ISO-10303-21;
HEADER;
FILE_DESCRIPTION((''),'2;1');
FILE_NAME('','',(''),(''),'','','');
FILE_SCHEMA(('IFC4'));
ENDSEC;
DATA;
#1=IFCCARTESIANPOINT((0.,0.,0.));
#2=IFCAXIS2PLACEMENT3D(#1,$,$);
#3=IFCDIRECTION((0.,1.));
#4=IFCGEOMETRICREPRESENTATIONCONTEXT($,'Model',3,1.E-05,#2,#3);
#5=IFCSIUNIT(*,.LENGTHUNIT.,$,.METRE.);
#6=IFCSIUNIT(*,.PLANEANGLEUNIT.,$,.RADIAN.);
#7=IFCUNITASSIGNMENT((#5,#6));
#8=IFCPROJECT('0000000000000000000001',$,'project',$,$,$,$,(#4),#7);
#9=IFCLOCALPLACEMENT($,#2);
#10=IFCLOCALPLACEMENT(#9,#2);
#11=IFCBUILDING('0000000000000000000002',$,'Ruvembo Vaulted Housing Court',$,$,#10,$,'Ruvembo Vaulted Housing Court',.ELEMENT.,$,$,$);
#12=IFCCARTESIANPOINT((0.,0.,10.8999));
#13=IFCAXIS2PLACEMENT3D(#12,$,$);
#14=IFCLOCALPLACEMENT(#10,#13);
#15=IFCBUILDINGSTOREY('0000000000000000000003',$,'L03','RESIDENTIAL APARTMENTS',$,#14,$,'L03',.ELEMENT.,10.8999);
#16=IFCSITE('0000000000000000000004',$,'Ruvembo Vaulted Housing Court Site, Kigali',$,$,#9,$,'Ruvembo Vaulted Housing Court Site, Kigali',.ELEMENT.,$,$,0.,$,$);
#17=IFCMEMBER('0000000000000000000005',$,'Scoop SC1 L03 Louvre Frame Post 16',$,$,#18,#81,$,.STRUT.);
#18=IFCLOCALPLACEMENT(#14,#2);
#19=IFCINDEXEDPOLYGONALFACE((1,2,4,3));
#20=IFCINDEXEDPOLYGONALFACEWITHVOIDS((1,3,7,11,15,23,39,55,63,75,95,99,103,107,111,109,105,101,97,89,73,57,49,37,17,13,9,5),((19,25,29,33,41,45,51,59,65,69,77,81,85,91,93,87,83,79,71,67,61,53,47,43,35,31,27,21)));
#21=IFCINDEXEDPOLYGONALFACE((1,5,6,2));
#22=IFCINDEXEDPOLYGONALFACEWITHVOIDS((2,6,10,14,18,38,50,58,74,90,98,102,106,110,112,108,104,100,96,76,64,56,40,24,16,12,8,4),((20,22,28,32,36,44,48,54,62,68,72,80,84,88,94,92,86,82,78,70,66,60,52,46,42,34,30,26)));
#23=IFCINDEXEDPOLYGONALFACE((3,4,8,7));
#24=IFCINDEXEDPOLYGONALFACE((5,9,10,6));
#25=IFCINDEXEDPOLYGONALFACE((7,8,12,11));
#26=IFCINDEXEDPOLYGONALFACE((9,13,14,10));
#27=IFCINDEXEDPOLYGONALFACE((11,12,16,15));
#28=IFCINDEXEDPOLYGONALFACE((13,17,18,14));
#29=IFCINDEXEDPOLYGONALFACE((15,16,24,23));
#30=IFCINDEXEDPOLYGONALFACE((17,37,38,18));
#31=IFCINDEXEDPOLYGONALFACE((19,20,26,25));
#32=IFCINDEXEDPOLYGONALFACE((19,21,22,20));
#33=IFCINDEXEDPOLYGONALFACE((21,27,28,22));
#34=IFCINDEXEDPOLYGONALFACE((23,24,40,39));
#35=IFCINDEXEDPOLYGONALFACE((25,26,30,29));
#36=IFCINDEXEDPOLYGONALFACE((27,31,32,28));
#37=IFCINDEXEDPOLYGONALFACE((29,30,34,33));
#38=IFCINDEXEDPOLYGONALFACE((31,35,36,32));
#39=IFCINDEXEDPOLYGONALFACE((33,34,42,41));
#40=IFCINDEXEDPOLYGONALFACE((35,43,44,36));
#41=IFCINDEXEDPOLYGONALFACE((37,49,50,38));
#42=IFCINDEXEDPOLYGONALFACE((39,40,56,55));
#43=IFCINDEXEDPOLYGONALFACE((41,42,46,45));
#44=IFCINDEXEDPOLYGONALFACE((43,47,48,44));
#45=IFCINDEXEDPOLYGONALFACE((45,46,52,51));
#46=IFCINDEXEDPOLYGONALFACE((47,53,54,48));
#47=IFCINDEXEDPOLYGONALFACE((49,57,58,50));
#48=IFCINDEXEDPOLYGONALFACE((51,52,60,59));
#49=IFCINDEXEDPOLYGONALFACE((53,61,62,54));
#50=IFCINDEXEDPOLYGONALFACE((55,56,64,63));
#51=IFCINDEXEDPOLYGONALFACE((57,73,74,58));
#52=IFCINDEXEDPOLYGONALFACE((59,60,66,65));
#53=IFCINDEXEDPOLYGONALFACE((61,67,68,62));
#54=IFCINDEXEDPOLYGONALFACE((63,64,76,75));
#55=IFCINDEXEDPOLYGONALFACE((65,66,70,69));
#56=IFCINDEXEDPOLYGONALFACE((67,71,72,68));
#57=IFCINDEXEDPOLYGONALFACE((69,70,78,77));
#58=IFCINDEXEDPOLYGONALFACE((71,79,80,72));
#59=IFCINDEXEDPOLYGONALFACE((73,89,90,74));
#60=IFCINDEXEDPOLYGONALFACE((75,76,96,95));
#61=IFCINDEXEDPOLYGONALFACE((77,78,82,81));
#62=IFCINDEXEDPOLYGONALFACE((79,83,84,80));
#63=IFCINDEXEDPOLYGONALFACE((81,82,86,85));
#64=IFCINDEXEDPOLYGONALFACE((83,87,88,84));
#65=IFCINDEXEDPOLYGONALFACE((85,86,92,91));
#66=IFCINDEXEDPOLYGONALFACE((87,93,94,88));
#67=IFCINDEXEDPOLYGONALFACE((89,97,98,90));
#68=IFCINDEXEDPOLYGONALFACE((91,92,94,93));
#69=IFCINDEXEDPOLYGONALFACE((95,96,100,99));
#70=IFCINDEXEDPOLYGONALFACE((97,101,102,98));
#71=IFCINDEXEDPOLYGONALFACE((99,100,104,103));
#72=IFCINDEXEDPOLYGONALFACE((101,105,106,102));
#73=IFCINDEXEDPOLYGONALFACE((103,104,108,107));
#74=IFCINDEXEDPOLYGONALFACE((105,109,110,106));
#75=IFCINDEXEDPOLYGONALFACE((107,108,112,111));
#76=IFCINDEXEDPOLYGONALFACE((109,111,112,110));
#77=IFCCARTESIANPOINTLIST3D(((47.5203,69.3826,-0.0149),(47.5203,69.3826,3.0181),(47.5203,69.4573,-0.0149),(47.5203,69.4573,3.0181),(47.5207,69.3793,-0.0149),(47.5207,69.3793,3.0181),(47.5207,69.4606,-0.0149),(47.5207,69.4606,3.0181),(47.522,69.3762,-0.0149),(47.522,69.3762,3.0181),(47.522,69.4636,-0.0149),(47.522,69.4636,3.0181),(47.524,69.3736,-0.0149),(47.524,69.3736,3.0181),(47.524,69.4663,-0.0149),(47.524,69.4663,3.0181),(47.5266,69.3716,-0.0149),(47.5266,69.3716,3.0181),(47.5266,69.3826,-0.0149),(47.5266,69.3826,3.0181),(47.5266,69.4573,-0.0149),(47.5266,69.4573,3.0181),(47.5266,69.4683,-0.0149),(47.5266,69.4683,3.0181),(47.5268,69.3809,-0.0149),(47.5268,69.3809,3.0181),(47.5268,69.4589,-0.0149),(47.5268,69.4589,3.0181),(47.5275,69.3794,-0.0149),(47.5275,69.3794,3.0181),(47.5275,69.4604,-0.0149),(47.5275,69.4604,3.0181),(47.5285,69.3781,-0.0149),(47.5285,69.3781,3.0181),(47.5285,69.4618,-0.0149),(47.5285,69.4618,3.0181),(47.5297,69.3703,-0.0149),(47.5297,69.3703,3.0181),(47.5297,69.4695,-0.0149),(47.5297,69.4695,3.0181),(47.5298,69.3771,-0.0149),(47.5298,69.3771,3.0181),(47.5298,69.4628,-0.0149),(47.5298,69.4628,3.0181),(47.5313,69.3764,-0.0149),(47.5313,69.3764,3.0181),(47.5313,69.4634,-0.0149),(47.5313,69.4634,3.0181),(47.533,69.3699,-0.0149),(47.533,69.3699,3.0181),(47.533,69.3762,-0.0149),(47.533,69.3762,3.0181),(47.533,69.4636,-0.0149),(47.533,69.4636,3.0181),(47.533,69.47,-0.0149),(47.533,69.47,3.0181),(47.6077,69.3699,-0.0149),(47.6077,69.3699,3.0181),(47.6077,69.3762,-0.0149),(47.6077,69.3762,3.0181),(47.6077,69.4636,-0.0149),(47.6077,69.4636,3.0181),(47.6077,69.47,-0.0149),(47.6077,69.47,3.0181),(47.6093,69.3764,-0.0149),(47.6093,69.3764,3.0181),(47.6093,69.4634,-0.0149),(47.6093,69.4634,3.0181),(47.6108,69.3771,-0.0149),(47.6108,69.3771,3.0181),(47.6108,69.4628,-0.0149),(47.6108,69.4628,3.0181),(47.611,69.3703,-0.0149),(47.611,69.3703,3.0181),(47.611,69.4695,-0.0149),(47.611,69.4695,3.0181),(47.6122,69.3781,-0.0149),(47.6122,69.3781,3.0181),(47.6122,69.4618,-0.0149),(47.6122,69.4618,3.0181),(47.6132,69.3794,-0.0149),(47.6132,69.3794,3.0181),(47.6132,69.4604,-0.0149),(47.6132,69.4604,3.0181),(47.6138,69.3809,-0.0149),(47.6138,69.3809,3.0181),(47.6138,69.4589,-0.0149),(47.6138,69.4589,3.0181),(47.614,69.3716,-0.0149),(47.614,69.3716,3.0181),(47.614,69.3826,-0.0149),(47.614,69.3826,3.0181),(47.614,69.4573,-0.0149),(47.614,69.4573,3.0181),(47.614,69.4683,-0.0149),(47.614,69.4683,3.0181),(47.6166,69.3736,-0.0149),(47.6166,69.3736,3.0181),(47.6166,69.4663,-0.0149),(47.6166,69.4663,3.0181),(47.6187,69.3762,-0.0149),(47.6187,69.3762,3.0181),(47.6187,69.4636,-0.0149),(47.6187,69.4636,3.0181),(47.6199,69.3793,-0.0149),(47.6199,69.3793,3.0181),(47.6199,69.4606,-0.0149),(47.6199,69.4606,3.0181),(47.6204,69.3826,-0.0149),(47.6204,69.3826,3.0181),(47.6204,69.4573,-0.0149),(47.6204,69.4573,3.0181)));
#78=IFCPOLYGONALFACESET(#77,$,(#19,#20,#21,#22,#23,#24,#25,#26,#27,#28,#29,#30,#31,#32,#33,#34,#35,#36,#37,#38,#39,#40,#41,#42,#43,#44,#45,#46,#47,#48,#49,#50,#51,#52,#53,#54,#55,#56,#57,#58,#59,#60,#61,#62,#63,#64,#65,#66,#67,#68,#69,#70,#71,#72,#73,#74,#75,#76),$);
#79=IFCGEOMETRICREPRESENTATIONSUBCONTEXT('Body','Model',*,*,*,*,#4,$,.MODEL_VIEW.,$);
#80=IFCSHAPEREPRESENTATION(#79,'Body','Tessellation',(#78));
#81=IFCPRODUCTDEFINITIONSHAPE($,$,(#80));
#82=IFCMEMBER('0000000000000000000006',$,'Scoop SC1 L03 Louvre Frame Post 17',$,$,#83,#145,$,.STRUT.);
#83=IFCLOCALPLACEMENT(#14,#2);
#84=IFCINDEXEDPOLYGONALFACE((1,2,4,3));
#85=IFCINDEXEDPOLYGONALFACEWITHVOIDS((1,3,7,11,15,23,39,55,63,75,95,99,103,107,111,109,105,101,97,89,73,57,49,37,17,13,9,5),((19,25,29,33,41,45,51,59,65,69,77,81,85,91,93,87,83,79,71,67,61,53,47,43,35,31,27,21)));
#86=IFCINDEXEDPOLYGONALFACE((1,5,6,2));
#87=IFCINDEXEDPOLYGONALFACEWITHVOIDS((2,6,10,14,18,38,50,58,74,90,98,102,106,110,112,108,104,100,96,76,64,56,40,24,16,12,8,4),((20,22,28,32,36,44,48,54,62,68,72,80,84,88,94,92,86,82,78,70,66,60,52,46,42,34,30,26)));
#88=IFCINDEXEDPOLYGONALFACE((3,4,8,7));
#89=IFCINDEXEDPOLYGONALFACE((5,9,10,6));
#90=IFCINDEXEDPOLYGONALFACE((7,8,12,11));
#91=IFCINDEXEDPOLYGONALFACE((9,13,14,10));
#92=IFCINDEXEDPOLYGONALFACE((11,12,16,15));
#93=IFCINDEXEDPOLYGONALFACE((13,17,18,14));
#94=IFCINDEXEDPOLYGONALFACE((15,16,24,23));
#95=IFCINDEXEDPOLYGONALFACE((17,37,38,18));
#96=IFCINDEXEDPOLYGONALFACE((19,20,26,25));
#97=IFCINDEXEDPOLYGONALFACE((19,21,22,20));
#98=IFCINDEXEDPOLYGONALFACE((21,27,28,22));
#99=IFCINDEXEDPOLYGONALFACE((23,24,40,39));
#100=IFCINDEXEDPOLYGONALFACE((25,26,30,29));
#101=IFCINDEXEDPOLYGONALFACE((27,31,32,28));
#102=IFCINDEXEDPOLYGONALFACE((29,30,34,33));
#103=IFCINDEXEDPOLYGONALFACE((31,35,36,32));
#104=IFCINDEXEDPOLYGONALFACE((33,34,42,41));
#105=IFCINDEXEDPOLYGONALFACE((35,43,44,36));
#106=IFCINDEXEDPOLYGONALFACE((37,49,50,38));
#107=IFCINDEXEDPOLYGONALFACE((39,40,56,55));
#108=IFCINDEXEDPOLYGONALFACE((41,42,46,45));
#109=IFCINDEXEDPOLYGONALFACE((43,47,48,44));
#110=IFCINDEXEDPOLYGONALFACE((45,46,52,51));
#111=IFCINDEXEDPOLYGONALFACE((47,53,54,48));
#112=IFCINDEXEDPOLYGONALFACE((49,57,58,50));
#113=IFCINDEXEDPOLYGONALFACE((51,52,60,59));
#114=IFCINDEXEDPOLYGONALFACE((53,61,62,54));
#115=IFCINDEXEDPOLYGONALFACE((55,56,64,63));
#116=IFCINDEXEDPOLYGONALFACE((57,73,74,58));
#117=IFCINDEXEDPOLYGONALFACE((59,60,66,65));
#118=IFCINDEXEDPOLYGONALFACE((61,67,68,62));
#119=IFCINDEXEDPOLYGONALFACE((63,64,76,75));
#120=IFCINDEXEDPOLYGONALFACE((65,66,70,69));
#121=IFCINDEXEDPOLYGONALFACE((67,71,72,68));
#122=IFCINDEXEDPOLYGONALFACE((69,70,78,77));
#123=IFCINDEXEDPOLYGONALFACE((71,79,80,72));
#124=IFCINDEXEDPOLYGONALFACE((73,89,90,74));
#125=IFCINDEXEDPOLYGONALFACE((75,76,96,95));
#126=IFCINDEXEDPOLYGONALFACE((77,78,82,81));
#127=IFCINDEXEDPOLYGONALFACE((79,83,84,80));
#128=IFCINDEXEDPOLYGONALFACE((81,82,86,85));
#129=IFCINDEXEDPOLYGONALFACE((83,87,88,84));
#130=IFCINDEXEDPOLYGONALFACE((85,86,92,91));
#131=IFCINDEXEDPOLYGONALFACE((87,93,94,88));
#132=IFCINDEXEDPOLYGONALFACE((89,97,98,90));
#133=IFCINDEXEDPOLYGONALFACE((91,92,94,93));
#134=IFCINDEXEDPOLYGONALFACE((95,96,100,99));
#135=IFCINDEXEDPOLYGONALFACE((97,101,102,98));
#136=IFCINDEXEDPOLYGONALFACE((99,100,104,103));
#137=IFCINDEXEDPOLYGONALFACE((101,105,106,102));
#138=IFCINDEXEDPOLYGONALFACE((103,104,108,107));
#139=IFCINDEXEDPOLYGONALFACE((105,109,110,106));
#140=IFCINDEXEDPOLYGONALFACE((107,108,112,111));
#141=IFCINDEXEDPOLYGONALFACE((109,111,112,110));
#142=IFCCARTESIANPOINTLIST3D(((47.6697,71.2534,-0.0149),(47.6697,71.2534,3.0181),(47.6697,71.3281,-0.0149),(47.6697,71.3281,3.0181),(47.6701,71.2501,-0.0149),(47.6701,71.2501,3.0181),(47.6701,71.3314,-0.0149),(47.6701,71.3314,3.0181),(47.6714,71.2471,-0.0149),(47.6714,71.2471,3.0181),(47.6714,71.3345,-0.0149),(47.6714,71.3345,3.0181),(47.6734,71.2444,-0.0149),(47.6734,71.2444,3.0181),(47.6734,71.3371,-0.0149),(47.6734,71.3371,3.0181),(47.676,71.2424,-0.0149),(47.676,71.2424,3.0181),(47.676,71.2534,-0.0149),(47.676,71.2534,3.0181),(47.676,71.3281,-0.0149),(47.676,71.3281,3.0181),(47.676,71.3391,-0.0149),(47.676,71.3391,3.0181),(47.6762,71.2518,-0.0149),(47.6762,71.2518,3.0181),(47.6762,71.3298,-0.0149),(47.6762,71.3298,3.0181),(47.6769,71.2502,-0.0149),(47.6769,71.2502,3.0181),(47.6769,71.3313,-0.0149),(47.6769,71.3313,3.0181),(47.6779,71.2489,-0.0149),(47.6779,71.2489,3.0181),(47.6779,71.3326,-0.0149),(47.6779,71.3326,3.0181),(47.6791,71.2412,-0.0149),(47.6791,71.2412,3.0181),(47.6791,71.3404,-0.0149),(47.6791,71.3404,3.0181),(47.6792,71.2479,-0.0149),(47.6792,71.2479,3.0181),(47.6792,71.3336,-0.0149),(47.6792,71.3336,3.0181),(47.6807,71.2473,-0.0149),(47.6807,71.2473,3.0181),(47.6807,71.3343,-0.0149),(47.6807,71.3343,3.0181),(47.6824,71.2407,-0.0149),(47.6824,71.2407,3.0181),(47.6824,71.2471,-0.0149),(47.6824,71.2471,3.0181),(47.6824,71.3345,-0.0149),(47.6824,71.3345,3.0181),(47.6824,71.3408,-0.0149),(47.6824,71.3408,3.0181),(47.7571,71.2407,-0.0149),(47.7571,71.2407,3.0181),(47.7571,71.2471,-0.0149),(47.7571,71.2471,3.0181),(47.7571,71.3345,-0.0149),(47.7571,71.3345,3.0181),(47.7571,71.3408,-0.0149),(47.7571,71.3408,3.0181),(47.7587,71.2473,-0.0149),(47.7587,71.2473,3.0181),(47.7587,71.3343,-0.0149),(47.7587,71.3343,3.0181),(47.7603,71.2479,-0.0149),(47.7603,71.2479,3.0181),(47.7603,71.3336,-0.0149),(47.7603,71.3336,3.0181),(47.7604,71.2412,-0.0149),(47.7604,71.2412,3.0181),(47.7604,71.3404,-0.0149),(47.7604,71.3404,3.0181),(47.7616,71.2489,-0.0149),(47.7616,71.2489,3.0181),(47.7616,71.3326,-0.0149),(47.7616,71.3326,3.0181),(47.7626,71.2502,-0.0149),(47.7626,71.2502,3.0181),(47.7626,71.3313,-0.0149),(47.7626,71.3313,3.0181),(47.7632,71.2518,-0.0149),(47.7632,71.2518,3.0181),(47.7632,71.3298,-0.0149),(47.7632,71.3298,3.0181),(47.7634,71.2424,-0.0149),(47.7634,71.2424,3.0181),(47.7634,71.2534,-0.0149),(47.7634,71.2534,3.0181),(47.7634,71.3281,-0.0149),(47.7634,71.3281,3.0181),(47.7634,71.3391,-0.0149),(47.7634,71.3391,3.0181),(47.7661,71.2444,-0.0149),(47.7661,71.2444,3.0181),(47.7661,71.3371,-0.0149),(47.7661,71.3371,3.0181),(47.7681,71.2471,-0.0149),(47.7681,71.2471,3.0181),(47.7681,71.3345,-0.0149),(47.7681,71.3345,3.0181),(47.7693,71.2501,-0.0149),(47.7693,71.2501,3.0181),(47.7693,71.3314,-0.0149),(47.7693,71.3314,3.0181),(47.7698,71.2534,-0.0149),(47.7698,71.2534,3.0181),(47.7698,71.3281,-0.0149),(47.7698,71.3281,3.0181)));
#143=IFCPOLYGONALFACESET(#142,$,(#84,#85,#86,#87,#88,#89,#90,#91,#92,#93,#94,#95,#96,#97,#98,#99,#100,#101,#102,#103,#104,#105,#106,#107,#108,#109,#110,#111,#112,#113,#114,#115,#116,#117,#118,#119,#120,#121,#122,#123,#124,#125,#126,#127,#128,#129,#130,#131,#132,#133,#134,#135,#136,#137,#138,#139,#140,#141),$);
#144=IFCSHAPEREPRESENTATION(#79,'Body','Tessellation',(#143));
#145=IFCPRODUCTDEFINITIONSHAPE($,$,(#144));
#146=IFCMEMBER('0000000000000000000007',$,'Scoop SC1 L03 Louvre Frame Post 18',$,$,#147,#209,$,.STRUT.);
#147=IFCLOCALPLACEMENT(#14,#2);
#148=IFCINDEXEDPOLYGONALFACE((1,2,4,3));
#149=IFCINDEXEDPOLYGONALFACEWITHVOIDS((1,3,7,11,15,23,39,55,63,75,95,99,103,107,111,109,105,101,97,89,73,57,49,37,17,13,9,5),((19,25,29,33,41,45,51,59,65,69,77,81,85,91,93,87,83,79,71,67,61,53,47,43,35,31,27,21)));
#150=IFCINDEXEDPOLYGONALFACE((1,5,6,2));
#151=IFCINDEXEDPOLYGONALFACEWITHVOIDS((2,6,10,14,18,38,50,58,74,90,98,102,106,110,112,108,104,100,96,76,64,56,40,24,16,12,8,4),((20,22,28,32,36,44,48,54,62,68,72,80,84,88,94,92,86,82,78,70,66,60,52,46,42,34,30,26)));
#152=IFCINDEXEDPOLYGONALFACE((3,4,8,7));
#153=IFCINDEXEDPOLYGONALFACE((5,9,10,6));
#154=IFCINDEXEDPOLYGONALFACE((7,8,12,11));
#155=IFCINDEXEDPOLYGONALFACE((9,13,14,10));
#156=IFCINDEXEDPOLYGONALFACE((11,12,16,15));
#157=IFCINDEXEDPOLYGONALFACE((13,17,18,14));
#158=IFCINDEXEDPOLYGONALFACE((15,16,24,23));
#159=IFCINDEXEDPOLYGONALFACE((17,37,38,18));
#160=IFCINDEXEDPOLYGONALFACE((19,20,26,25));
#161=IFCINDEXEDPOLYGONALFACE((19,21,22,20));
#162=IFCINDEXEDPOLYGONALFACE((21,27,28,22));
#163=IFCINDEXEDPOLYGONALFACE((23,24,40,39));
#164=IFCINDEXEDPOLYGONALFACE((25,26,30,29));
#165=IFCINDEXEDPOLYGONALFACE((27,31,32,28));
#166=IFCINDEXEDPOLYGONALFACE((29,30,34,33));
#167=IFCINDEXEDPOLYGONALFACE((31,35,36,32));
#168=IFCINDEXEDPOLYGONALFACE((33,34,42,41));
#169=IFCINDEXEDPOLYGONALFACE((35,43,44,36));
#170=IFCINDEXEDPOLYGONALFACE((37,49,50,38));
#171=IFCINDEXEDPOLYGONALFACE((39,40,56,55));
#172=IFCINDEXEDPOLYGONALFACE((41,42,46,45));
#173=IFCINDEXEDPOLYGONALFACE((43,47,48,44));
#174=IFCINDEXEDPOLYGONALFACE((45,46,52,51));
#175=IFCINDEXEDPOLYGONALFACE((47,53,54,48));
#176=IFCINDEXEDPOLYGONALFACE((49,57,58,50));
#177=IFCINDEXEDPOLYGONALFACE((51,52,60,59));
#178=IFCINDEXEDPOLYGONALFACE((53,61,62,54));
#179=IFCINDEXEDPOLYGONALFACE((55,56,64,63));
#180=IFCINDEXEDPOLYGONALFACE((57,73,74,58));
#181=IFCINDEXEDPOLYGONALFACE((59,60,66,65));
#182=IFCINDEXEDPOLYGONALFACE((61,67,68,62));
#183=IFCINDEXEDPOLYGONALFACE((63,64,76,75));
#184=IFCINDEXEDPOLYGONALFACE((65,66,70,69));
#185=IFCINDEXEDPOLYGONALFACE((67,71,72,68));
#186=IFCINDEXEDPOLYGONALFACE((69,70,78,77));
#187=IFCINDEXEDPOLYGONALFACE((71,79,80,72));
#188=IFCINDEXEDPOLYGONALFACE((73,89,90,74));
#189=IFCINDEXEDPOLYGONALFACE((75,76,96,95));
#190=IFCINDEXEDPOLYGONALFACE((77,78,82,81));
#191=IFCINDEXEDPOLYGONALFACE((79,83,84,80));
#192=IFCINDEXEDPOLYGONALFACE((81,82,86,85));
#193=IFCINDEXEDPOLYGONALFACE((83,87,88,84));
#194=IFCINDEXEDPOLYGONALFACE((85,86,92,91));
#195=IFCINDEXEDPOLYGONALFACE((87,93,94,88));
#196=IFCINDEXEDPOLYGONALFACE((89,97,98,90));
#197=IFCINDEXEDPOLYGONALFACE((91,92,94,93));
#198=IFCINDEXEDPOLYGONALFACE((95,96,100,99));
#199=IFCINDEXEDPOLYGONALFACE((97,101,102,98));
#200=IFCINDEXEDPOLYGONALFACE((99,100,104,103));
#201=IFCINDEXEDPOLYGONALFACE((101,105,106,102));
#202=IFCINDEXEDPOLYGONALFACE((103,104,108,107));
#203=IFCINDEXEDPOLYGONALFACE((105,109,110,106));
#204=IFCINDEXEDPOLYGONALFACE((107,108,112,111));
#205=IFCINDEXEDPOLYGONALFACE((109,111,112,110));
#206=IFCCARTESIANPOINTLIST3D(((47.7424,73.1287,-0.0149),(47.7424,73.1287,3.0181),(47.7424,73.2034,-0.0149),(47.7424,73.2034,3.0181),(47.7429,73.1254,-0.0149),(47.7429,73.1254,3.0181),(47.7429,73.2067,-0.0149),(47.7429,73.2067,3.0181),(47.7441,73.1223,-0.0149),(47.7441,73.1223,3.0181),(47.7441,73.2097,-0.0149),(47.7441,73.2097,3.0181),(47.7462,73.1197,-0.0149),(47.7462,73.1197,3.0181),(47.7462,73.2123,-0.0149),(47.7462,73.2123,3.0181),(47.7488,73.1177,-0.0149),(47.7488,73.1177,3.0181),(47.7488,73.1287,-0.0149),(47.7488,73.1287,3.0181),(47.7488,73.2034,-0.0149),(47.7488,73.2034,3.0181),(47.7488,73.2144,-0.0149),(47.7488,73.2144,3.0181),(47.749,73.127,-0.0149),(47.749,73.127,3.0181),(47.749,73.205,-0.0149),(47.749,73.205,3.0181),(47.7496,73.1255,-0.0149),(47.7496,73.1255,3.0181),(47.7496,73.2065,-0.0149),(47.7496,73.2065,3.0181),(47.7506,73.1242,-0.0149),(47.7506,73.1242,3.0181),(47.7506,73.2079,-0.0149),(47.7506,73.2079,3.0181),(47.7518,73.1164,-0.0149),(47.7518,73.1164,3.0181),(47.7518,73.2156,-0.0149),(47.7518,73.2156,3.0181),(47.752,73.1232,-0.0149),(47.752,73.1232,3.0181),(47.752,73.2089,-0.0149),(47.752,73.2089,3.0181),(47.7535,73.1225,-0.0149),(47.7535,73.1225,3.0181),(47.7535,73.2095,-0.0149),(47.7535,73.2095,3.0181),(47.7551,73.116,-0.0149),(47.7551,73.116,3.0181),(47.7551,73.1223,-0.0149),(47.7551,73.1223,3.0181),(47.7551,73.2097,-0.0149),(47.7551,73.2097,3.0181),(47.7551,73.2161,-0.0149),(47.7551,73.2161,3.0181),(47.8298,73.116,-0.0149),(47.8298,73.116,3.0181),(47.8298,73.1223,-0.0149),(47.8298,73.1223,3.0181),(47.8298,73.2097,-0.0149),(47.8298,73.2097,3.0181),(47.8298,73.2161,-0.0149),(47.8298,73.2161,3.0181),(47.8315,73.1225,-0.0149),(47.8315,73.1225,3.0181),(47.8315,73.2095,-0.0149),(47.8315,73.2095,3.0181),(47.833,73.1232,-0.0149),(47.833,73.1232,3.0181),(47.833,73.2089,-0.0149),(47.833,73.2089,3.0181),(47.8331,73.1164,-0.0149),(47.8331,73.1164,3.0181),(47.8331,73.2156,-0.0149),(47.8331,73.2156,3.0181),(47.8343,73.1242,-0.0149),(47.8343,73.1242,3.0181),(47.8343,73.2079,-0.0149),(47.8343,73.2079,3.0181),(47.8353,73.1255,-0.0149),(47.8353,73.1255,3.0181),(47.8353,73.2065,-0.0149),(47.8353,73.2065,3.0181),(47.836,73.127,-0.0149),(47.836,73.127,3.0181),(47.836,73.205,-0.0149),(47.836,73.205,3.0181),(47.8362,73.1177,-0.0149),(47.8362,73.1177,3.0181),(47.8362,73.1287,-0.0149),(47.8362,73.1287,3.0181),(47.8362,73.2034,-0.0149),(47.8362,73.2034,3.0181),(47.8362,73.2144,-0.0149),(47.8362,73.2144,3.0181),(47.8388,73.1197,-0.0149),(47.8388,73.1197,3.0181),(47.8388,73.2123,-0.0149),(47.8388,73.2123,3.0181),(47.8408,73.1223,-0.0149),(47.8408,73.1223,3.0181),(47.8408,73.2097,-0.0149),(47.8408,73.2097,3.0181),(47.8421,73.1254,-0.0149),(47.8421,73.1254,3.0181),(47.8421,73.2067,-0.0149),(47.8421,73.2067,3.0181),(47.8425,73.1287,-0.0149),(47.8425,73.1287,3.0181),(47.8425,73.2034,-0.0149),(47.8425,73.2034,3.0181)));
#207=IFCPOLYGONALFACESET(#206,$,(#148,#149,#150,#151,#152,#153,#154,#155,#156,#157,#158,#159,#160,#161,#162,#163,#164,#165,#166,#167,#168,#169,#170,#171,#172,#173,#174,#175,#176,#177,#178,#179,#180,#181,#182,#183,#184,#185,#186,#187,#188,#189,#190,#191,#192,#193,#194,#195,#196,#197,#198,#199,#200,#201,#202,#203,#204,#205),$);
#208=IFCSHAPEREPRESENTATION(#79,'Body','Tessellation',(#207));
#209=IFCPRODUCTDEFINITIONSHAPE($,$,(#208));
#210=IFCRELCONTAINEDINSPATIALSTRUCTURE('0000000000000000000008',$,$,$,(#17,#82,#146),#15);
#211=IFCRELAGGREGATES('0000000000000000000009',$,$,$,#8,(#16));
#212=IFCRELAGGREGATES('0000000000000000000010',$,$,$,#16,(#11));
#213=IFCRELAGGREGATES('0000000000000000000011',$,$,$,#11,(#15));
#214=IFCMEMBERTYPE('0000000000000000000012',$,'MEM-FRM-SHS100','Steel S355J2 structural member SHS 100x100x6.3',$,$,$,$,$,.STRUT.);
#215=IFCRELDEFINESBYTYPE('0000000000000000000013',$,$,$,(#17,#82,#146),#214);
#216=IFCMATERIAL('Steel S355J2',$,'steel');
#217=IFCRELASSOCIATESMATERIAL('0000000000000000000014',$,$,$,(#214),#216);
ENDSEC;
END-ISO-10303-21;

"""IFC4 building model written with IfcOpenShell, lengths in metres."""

from ifc_helpers import new_model, si_unit, direction, frame, origin, origin_2d, place, context, subcontext, project, spatial, hollow_rectangle, extrude, material, material_profile, profile_set, type_object, element, save


model = new_model("IFC4")

# Units and contexts
model_context = context("Model", 3, precision=1e-05, world=origin(), true_north=direction((0.0, 1.0)))
body_context = subcontext(model_context, "Body", "Model", "MODEL_VIEW")
ifc_project = project(units=[si_unit("LENGTHUNIT", "METRE"), si_unit("PLANEANGLEUNIT", "RADIAN")], contexts=[model_context])

# Site, building, storey
site_placement = place(None, origin())
site = spatial("IfcSite", under=ifc_project, at=site_placement, Name="Ruvembo Vaulted Housing Court Site, Kigali", LongName="Ruvembo Vaulted Housing Court Site, Kigali", CompositionType="ELEMENT", RefElevation=0.0)
building_placement = place(site_placement, origin())
building = spatial("IfcBuilding", under=site, at=building_placement, Name="Ruvembo Vaulted Housing Court", LongName="Ruvembo Vaulted Housing Court", CompositionType="ELEMENT")
storey_placement = place(building_placement, frame((0.0, 0.0, 10.8999)))
storey = spatial("IfcBuildingStorey", under=building, at=storey_placement, Name="L03", Description="RESIDENTIAL APARTMENTS", LongName="L03", CompositionType="ELEMENT", Elevation=10.8999)

# Shared definitions
ifc_material_1 = material(Name="Steel S355J2", Category="steel")

# Members
ifc_material_profile_1 = material_profile(ifc_material_1, hollow_rectangle(XDim=0.1001, YDim=0.1001, WallThickness=0.0063, InnerFilletRadius=0.0063, OuterFilletRadius=0.0127, at=origin_2d()), Name="SHS 100x100x6.3")
ifc_profile_set_1 = profile_set([ifc_material_profile_1], Name="Steel S355J2")
member_type_1 = type_object("IfcMemberType", Name="MEM-FRM-SHS100", Description="Steel S355J2 structural member SHS 100x100x6.3", PredefinedType="STRUT", material=ifc_profile_set_1)
for number, where, z_axis, x_axis, name in (
    (1, (47.5703, 69.4199, -0.0149), (0.0, 0.0, 1.0), (1.0, 0.0, 0.0), "Scoop SC1 L03 Louvre Frame Post 16"),
    (2, (47.7197, 71.2908, -0.0149), (0.0, 0.0, 1.0), (1.0, 0.0, 0.0), "Scoop SC1 L03 Louvre Frame Post 17"),
    (3, (47.7925, 73.166, -0.0149), (0.0, 0.0, 1.0), (1.0, 0.0, 0.0), "Scoop SC1 L03 Louvre Frame Post 18"),
):
    element("IfcMember", number, at=place(storey_placement, frame(where, z_axis=z_axis, x_axis=x_axis)), inside=storey, type_object=member_type_1, Name=name, PredefinedType="STRUT", context=body_context, shape_type="SweptSolid", body=[
        extrude(hollow_rectangle(XDim=0.1001, YDim=0.1001, WallThickness=0.0063, InnerFilletRadius=0.0063, OuterFilletRadius=0.0127, at=origin_2d()), origin(), (0.0, 0.0, 1.0), 3.033),
    ])

save(model, "model.ifc")
